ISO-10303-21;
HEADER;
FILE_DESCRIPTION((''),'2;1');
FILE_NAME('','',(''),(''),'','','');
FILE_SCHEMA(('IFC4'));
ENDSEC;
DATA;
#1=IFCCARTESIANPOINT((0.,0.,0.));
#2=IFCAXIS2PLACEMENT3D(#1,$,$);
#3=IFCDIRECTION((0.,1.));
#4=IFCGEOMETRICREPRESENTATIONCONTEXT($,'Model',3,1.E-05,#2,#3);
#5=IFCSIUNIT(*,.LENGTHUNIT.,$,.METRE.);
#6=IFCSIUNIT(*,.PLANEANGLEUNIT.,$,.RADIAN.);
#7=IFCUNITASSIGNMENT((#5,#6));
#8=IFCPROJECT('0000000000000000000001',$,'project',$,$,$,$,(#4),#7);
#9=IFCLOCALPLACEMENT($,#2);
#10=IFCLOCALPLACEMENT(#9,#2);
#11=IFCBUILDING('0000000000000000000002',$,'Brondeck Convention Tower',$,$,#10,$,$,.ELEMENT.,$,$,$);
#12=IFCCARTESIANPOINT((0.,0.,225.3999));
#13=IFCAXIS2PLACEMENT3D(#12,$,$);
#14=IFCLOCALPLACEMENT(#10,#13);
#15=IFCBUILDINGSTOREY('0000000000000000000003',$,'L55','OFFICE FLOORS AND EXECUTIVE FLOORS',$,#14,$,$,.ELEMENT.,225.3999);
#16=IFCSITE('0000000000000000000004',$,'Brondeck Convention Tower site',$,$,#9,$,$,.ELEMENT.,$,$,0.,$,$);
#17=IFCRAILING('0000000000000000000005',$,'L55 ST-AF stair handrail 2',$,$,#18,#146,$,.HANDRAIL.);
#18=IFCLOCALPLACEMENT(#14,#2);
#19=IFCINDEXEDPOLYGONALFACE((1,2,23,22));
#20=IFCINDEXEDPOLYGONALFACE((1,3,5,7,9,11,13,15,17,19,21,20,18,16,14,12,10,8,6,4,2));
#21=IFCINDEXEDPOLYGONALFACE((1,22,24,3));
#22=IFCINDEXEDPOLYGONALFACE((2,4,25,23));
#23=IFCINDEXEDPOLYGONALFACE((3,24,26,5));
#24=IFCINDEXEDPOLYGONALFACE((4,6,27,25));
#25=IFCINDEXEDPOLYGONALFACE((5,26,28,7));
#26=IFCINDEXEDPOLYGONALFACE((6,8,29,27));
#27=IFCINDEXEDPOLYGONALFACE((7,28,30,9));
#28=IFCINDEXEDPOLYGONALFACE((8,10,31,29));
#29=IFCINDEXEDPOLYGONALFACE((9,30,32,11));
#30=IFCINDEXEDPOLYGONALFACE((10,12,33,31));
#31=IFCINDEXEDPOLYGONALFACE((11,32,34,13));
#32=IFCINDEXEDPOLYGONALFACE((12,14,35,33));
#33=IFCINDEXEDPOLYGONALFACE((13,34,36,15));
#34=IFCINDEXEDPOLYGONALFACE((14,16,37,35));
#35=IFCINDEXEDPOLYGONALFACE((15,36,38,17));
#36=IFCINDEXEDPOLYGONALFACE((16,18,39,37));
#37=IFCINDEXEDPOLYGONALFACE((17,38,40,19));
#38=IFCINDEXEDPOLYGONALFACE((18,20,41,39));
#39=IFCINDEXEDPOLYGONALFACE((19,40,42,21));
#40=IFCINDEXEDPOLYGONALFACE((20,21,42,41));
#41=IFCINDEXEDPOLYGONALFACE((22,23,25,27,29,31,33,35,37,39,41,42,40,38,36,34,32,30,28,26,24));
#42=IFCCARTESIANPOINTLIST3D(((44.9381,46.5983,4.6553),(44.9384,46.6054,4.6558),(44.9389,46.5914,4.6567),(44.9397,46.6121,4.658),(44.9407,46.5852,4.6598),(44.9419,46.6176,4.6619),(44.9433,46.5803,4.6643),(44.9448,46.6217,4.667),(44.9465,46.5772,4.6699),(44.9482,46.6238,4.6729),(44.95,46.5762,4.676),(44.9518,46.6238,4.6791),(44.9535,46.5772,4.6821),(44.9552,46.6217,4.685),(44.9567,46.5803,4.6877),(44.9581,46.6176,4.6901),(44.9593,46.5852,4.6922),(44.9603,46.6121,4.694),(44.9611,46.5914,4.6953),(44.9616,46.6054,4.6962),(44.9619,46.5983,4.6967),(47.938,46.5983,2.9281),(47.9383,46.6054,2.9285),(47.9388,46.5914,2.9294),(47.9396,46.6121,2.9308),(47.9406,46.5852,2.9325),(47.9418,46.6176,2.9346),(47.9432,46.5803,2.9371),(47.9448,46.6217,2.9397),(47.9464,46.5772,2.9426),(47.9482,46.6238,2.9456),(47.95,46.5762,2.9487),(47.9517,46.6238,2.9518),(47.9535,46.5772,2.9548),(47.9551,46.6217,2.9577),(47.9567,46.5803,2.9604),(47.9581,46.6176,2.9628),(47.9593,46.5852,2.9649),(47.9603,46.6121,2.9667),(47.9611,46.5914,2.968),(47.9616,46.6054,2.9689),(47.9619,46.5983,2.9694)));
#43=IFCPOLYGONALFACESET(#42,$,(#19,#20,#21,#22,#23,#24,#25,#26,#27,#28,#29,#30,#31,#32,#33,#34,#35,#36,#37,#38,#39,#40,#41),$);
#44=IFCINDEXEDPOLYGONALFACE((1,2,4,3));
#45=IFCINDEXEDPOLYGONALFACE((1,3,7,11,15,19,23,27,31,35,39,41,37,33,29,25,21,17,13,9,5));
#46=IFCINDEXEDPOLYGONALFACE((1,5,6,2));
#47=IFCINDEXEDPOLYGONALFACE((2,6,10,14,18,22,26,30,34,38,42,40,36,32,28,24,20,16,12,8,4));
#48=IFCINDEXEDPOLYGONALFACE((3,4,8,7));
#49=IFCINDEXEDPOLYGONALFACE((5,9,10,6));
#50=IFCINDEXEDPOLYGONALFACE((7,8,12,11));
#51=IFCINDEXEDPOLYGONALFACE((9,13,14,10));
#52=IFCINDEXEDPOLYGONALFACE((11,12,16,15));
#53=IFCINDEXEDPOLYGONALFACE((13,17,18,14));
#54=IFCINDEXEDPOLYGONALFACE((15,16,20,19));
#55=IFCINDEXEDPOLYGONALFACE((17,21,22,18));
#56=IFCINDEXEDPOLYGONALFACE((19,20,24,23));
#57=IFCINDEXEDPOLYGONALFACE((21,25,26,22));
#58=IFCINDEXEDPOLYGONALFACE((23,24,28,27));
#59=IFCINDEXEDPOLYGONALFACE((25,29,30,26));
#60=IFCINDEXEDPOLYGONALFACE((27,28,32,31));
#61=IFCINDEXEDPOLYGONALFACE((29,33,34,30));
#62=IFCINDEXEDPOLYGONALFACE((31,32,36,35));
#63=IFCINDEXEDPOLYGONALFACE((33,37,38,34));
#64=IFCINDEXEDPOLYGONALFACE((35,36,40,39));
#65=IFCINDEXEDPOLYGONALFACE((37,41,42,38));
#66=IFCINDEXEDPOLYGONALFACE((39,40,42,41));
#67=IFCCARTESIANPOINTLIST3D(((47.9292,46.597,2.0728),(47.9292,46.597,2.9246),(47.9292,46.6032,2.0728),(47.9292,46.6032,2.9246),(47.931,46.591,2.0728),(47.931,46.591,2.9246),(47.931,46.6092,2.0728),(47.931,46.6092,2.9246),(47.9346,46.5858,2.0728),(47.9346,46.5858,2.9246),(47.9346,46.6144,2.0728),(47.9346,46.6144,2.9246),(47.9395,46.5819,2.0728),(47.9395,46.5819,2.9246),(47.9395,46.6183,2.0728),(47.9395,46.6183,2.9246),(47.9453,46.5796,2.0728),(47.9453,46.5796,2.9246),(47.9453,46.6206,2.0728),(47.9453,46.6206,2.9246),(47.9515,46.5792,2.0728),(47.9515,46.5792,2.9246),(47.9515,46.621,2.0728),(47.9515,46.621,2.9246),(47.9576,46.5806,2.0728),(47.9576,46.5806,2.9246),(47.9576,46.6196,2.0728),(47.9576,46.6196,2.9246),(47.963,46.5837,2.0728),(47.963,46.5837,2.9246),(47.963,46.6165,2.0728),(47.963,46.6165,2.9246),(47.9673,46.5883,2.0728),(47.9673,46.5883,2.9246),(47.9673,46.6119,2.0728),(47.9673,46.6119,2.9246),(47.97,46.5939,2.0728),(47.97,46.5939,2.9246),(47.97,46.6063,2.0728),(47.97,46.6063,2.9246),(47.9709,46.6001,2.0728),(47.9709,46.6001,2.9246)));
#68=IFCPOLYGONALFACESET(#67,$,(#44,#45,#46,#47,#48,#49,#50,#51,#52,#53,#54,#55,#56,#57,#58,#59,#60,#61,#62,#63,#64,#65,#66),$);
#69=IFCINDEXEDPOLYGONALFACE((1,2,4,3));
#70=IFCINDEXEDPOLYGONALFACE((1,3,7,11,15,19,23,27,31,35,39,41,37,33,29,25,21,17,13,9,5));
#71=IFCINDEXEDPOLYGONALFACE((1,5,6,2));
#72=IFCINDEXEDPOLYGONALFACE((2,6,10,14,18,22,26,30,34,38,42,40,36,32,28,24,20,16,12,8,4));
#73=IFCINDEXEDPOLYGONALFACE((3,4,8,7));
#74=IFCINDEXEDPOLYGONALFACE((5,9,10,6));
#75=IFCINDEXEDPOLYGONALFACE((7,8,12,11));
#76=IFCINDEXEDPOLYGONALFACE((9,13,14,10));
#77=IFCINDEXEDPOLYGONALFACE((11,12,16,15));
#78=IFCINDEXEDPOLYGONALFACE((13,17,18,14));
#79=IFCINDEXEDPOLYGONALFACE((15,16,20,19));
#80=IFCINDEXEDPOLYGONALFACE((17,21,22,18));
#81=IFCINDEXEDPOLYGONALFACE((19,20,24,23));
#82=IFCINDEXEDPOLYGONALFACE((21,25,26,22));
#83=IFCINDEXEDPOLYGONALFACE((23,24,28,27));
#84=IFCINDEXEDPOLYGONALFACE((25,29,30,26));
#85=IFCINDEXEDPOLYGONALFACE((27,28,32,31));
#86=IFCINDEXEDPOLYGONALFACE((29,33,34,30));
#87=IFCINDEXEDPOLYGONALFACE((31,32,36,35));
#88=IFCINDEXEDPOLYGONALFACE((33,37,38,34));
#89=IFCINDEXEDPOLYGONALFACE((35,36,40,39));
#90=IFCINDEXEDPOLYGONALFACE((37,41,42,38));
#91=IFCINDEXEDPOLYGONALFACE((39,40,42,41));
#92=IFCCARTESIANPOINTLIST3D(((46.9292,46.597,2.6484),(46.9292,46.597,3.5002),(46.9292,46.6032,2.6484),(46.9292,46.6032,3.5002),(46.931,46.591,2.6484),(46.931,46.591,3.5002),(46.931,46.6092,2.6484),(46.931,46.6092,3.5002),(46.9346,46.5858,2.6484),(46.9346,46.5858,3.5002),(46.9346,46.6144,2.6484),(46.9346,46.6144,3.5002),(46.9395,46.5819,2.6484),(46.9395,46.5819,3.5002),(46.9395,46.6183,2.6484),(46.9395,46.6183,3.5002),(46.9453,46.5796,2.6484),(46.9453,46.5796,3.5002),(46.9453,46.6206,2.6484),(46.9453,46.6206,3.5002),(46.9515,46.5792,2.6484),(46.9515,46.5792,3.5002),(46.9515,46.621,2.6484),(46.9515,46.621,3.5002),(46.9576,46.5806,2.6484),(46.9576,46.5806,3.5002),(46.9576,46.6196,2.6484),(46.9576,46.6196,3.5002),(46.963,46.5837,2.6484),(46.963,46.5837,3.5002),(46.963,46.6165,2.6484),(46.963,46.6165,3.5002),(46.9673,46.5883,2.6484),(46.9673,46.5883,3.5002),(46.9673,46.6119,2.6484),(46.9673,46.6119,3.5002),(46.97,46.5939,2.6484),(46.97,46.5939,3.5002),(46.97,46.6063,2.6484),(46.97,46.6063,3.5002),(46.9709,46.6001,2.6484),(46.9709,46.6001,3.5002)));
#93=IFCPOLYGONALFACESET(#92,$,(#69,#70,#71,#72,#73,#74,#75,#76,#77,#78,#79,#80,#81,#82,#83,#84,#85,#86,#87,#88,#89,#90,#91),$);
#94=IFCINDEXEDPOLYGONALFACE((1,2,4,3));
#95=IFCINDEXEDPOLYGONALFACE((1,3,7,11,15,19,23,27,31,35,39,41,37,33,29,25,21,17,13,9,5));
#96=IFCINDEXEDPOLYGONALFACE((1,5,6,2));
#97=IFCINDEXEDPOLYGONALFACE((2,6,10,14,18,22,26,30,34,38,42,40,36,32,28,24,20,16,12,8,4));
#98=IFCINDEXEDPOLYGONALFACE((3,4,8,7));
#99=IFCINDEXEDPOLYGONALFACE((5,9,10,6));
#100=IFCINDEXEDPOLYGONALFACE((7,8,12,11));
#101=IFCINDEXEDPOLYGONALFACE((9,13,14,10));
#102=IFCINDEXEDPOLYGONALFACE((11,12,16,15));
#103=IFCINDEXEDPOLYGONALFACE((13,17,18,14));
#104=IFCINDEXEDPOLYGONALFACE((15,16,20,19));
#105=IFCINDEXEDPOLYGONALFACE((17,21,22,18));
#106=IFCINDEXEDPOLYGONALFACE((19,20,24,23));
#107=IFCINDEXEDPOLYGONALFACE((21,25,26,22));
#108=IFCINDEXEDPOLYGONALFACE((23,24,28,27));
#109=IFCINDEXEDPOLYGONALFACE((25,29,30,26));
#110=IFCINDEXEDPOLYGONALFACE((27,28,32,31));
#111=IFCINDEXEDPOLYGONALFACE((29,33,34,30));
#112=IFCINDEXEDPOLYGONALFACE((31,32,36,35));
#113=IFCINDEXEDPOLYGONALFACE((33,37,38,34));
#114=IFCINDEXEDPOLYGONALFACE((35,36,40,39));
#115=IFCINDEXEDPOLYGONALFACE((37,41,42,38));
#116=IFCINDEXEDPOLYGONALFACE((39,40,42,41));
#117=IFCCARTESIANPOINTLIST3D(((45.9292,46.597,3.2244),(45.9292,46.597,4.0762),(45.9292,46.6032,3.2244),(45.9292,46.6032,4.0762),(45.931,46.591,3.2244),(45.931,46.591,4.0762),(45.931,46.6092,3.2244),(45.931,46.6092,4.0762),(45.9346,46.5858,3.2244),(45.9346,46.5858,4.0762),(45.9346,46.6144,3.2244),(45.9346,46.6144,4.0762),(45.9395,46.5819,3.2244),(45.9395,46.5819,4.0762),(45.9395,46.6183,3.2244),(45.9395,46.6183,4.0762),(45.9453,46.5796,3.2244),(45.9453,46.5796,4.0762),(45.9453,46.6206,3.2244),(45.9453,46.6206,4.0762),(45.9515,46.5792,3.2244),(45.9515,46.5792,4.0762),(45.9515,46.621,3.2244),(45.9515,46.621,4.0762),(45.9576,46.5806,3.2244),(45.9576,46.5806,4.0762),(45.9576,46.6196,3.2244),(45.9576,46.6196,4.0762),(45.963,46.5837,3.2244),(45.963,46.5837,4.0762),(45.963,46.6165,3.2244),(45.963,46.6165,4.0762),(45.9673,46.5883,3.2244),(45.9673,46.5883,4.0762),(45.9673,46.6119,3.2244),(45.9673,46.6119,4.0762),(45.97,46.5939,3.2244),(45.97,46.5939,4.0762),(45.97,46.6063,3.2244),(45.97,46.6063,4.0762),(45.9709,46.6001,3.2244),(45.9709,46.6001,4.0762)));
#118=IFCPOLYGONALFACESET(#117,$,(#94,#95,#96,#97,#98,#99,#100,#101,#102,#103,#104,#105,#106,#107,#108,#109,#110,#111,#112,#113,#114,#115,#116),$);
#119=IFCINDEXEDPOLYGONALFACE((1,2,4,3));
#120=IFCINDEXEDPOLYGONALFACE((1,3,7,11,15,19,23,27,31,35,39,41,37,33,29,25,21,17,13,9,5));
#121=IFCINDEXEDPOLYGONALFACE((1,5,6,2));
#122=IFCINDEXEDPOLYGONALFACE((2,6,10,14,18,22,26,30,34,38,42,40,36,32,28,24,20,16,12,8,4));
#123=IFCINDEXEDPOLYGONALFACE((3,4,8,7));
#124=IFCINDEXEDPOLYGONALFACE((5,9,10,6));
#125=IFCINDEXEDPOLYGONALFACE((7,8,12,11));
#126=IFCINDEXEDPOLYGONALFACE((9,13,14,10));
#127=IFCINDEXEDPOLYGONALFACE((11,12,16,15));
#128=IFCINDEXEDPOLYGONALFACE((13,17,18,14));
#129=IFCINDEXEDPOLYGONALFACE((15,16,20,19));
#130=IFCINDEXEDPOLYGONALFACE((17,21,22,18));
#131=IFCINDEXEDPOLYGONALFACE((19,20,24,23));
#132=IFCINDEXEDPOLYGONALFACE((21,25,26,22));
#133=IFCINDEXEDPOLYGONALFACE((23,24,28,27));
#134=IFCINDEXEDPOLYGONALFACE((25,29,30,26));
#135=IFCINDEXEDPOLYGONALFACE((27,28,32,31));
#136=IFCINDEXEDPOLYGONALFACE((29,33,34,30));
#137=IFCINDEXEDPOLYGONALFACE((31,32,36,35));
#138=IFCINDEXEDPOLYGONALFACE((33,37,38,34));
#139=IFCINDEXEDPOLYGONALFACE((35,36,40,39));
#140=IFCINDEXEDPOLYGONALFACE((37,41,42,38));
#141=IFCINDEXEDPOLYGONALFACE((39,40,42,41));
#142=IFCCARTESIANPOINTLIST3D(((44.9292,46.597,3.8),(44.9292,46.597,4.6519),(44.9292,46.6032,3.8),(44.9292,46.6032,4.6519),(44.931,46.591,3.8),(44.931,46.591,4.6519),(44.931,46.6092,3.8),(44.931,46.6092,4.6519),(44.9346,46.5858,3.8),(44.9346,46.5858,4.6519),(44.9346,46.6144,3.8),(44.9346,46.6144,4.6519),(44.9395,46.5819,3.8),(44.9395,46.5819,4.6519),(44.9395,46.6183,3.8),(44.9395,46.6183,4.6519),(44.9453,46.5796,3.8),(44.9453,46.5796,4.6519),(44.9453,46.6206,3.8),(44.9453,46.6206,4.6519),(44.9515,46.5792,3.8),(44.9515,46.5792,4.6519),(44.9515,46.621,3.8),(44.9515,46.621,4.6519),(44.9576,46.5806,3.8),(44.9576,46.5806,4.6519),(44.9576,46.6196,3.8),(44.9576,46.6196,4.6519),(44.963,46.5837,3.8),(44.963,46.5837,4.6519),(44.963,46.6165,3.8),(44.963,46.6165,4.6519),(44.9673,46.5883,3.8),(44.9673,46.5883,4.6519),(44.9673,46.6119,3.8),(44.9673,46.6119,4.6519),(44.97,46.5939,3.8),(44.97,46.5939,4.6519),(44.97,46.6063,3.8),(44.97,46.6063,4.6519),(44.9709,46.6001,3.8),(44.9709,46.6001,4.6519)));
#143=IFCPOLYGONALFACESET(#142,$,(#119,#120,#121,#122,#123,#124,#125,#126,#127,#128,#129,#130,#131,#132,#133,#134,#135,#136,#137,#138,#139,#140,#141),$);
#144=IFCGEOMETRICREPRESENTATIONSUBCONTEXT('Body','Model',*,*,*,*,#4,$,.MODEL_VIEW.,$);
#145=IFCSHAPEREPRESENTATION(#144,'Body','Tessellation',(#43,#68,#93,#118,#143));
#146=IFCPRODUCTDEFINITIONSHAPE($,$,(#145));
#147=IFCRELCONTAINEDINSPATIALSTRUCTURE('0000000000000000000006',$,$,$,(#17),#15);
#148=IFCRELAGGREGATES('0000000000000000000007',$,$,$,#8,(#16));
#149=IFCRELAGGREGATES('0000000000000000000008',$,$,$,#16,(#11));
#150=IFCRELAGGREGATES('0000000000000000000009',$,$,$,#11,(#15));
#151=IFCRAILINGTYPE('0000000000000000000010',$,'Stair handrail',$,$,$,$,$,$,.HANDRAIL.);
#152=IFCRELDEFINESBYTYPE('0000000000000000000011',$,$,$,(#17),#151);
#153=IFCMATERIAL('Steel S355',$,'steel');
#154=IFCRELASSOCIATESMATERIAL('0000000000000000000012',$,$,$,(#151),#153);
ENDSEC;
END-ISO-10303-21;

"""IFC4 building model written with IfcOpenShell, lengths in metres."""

from ifc_helpers import new_model, si_unit, direction, frame, origin, origin_2d, place, context, subcontext, project, spatial, circle, extrude, material, type_object, element, save


model = new_model("IFC4")

# Units and contexts
model_context = context("Model", 3, precision=1e-05, world=origin(), true_north=direction((0.0, 1.0)))
body_context = subcontext(model_context, "Body", "Model", "MODEL_VIEW")
ifc_project = project(units=[si_unit("LENGTHUNIT", "METRE"), si_unit("PLANEANGLEUNIT", "RADIAN")], contexts=[model_context])

# Site, building, storey
site_placement = place(None, origin())
site = spatial("IfcSite", under=ifc_project, at=site_placement, Name="Brondeck Convention Tower site", CompositionType="ELEMENT", RefElevation=0.0)
building_placement = place(site_placement, origin())
building = spatial("IfcBuilding", under=site, at=building_placement, Name="Brondeck Convention Tower", CompositionType="ELEMENT")
storey_placement = place(building_placement, frame((0.0, 0.0, 225.3999)))
storey = spatial("IfcBuildingStorey", under=building, at=storey_placement, Name="L55", Description="OFFICE FLOORS AND EXECUTIVE FLOORS", CompositionType="ELEMENT", Elevation=225.3999)

# Shared definitions
ifc_material_1 = material(Name="Steel S355", Category="steel")

# Railing
railing_type_1 = type_object("IfcRailingType", Name="Stair handrail", PredefinedType="HANDRAIL", material=ifc_material_1)
railing_1_placement = place(storey_placement, frame((47.95, 46.6001, 2.0728)))
element("IfcRailing", 1, at=railing_1_placement, inside=storey, type_object=railing_type_1, Name="L55 ST-AF stair handrail 2", PredefinedType="HANDRAIL", context=body_context, shape_type="SweptSolid", body=[
    extrude(circle(Radius=0.0239, at=origin_2d()), frame((0.0, 0.0, 0.876), z_axis=(-0.86662, 0.0, 0.498969), x_axis=(0.0, -1.0, 0.0)), (0.0, 0.0, 1.0), 3.4617),
    extrude(circle(Radius=0.021, at=origin_2d()), origin(), (0.0, 0.0, 1.0), 0.8518),
    extrude(circle(Radius=0.021, at=origin_2d()), frame((-1.0, 0.0, 0.5757)), (0.0, 0.0, 1.0), 0.8518),
    extrude(circle(Radius=0.021, at=origin_2d()), frame((-2.0, 0.0, 1.1516)), (0.0, 0.0, 1.0), 0.8518),
    extrude(circle(Radius=0.021, at=origin_2d()), frame((-3.0, 0.0, 1.7273)), (0.0, 0.0, 1.0), 0.8518),
])

save(model, "model.ifc")
